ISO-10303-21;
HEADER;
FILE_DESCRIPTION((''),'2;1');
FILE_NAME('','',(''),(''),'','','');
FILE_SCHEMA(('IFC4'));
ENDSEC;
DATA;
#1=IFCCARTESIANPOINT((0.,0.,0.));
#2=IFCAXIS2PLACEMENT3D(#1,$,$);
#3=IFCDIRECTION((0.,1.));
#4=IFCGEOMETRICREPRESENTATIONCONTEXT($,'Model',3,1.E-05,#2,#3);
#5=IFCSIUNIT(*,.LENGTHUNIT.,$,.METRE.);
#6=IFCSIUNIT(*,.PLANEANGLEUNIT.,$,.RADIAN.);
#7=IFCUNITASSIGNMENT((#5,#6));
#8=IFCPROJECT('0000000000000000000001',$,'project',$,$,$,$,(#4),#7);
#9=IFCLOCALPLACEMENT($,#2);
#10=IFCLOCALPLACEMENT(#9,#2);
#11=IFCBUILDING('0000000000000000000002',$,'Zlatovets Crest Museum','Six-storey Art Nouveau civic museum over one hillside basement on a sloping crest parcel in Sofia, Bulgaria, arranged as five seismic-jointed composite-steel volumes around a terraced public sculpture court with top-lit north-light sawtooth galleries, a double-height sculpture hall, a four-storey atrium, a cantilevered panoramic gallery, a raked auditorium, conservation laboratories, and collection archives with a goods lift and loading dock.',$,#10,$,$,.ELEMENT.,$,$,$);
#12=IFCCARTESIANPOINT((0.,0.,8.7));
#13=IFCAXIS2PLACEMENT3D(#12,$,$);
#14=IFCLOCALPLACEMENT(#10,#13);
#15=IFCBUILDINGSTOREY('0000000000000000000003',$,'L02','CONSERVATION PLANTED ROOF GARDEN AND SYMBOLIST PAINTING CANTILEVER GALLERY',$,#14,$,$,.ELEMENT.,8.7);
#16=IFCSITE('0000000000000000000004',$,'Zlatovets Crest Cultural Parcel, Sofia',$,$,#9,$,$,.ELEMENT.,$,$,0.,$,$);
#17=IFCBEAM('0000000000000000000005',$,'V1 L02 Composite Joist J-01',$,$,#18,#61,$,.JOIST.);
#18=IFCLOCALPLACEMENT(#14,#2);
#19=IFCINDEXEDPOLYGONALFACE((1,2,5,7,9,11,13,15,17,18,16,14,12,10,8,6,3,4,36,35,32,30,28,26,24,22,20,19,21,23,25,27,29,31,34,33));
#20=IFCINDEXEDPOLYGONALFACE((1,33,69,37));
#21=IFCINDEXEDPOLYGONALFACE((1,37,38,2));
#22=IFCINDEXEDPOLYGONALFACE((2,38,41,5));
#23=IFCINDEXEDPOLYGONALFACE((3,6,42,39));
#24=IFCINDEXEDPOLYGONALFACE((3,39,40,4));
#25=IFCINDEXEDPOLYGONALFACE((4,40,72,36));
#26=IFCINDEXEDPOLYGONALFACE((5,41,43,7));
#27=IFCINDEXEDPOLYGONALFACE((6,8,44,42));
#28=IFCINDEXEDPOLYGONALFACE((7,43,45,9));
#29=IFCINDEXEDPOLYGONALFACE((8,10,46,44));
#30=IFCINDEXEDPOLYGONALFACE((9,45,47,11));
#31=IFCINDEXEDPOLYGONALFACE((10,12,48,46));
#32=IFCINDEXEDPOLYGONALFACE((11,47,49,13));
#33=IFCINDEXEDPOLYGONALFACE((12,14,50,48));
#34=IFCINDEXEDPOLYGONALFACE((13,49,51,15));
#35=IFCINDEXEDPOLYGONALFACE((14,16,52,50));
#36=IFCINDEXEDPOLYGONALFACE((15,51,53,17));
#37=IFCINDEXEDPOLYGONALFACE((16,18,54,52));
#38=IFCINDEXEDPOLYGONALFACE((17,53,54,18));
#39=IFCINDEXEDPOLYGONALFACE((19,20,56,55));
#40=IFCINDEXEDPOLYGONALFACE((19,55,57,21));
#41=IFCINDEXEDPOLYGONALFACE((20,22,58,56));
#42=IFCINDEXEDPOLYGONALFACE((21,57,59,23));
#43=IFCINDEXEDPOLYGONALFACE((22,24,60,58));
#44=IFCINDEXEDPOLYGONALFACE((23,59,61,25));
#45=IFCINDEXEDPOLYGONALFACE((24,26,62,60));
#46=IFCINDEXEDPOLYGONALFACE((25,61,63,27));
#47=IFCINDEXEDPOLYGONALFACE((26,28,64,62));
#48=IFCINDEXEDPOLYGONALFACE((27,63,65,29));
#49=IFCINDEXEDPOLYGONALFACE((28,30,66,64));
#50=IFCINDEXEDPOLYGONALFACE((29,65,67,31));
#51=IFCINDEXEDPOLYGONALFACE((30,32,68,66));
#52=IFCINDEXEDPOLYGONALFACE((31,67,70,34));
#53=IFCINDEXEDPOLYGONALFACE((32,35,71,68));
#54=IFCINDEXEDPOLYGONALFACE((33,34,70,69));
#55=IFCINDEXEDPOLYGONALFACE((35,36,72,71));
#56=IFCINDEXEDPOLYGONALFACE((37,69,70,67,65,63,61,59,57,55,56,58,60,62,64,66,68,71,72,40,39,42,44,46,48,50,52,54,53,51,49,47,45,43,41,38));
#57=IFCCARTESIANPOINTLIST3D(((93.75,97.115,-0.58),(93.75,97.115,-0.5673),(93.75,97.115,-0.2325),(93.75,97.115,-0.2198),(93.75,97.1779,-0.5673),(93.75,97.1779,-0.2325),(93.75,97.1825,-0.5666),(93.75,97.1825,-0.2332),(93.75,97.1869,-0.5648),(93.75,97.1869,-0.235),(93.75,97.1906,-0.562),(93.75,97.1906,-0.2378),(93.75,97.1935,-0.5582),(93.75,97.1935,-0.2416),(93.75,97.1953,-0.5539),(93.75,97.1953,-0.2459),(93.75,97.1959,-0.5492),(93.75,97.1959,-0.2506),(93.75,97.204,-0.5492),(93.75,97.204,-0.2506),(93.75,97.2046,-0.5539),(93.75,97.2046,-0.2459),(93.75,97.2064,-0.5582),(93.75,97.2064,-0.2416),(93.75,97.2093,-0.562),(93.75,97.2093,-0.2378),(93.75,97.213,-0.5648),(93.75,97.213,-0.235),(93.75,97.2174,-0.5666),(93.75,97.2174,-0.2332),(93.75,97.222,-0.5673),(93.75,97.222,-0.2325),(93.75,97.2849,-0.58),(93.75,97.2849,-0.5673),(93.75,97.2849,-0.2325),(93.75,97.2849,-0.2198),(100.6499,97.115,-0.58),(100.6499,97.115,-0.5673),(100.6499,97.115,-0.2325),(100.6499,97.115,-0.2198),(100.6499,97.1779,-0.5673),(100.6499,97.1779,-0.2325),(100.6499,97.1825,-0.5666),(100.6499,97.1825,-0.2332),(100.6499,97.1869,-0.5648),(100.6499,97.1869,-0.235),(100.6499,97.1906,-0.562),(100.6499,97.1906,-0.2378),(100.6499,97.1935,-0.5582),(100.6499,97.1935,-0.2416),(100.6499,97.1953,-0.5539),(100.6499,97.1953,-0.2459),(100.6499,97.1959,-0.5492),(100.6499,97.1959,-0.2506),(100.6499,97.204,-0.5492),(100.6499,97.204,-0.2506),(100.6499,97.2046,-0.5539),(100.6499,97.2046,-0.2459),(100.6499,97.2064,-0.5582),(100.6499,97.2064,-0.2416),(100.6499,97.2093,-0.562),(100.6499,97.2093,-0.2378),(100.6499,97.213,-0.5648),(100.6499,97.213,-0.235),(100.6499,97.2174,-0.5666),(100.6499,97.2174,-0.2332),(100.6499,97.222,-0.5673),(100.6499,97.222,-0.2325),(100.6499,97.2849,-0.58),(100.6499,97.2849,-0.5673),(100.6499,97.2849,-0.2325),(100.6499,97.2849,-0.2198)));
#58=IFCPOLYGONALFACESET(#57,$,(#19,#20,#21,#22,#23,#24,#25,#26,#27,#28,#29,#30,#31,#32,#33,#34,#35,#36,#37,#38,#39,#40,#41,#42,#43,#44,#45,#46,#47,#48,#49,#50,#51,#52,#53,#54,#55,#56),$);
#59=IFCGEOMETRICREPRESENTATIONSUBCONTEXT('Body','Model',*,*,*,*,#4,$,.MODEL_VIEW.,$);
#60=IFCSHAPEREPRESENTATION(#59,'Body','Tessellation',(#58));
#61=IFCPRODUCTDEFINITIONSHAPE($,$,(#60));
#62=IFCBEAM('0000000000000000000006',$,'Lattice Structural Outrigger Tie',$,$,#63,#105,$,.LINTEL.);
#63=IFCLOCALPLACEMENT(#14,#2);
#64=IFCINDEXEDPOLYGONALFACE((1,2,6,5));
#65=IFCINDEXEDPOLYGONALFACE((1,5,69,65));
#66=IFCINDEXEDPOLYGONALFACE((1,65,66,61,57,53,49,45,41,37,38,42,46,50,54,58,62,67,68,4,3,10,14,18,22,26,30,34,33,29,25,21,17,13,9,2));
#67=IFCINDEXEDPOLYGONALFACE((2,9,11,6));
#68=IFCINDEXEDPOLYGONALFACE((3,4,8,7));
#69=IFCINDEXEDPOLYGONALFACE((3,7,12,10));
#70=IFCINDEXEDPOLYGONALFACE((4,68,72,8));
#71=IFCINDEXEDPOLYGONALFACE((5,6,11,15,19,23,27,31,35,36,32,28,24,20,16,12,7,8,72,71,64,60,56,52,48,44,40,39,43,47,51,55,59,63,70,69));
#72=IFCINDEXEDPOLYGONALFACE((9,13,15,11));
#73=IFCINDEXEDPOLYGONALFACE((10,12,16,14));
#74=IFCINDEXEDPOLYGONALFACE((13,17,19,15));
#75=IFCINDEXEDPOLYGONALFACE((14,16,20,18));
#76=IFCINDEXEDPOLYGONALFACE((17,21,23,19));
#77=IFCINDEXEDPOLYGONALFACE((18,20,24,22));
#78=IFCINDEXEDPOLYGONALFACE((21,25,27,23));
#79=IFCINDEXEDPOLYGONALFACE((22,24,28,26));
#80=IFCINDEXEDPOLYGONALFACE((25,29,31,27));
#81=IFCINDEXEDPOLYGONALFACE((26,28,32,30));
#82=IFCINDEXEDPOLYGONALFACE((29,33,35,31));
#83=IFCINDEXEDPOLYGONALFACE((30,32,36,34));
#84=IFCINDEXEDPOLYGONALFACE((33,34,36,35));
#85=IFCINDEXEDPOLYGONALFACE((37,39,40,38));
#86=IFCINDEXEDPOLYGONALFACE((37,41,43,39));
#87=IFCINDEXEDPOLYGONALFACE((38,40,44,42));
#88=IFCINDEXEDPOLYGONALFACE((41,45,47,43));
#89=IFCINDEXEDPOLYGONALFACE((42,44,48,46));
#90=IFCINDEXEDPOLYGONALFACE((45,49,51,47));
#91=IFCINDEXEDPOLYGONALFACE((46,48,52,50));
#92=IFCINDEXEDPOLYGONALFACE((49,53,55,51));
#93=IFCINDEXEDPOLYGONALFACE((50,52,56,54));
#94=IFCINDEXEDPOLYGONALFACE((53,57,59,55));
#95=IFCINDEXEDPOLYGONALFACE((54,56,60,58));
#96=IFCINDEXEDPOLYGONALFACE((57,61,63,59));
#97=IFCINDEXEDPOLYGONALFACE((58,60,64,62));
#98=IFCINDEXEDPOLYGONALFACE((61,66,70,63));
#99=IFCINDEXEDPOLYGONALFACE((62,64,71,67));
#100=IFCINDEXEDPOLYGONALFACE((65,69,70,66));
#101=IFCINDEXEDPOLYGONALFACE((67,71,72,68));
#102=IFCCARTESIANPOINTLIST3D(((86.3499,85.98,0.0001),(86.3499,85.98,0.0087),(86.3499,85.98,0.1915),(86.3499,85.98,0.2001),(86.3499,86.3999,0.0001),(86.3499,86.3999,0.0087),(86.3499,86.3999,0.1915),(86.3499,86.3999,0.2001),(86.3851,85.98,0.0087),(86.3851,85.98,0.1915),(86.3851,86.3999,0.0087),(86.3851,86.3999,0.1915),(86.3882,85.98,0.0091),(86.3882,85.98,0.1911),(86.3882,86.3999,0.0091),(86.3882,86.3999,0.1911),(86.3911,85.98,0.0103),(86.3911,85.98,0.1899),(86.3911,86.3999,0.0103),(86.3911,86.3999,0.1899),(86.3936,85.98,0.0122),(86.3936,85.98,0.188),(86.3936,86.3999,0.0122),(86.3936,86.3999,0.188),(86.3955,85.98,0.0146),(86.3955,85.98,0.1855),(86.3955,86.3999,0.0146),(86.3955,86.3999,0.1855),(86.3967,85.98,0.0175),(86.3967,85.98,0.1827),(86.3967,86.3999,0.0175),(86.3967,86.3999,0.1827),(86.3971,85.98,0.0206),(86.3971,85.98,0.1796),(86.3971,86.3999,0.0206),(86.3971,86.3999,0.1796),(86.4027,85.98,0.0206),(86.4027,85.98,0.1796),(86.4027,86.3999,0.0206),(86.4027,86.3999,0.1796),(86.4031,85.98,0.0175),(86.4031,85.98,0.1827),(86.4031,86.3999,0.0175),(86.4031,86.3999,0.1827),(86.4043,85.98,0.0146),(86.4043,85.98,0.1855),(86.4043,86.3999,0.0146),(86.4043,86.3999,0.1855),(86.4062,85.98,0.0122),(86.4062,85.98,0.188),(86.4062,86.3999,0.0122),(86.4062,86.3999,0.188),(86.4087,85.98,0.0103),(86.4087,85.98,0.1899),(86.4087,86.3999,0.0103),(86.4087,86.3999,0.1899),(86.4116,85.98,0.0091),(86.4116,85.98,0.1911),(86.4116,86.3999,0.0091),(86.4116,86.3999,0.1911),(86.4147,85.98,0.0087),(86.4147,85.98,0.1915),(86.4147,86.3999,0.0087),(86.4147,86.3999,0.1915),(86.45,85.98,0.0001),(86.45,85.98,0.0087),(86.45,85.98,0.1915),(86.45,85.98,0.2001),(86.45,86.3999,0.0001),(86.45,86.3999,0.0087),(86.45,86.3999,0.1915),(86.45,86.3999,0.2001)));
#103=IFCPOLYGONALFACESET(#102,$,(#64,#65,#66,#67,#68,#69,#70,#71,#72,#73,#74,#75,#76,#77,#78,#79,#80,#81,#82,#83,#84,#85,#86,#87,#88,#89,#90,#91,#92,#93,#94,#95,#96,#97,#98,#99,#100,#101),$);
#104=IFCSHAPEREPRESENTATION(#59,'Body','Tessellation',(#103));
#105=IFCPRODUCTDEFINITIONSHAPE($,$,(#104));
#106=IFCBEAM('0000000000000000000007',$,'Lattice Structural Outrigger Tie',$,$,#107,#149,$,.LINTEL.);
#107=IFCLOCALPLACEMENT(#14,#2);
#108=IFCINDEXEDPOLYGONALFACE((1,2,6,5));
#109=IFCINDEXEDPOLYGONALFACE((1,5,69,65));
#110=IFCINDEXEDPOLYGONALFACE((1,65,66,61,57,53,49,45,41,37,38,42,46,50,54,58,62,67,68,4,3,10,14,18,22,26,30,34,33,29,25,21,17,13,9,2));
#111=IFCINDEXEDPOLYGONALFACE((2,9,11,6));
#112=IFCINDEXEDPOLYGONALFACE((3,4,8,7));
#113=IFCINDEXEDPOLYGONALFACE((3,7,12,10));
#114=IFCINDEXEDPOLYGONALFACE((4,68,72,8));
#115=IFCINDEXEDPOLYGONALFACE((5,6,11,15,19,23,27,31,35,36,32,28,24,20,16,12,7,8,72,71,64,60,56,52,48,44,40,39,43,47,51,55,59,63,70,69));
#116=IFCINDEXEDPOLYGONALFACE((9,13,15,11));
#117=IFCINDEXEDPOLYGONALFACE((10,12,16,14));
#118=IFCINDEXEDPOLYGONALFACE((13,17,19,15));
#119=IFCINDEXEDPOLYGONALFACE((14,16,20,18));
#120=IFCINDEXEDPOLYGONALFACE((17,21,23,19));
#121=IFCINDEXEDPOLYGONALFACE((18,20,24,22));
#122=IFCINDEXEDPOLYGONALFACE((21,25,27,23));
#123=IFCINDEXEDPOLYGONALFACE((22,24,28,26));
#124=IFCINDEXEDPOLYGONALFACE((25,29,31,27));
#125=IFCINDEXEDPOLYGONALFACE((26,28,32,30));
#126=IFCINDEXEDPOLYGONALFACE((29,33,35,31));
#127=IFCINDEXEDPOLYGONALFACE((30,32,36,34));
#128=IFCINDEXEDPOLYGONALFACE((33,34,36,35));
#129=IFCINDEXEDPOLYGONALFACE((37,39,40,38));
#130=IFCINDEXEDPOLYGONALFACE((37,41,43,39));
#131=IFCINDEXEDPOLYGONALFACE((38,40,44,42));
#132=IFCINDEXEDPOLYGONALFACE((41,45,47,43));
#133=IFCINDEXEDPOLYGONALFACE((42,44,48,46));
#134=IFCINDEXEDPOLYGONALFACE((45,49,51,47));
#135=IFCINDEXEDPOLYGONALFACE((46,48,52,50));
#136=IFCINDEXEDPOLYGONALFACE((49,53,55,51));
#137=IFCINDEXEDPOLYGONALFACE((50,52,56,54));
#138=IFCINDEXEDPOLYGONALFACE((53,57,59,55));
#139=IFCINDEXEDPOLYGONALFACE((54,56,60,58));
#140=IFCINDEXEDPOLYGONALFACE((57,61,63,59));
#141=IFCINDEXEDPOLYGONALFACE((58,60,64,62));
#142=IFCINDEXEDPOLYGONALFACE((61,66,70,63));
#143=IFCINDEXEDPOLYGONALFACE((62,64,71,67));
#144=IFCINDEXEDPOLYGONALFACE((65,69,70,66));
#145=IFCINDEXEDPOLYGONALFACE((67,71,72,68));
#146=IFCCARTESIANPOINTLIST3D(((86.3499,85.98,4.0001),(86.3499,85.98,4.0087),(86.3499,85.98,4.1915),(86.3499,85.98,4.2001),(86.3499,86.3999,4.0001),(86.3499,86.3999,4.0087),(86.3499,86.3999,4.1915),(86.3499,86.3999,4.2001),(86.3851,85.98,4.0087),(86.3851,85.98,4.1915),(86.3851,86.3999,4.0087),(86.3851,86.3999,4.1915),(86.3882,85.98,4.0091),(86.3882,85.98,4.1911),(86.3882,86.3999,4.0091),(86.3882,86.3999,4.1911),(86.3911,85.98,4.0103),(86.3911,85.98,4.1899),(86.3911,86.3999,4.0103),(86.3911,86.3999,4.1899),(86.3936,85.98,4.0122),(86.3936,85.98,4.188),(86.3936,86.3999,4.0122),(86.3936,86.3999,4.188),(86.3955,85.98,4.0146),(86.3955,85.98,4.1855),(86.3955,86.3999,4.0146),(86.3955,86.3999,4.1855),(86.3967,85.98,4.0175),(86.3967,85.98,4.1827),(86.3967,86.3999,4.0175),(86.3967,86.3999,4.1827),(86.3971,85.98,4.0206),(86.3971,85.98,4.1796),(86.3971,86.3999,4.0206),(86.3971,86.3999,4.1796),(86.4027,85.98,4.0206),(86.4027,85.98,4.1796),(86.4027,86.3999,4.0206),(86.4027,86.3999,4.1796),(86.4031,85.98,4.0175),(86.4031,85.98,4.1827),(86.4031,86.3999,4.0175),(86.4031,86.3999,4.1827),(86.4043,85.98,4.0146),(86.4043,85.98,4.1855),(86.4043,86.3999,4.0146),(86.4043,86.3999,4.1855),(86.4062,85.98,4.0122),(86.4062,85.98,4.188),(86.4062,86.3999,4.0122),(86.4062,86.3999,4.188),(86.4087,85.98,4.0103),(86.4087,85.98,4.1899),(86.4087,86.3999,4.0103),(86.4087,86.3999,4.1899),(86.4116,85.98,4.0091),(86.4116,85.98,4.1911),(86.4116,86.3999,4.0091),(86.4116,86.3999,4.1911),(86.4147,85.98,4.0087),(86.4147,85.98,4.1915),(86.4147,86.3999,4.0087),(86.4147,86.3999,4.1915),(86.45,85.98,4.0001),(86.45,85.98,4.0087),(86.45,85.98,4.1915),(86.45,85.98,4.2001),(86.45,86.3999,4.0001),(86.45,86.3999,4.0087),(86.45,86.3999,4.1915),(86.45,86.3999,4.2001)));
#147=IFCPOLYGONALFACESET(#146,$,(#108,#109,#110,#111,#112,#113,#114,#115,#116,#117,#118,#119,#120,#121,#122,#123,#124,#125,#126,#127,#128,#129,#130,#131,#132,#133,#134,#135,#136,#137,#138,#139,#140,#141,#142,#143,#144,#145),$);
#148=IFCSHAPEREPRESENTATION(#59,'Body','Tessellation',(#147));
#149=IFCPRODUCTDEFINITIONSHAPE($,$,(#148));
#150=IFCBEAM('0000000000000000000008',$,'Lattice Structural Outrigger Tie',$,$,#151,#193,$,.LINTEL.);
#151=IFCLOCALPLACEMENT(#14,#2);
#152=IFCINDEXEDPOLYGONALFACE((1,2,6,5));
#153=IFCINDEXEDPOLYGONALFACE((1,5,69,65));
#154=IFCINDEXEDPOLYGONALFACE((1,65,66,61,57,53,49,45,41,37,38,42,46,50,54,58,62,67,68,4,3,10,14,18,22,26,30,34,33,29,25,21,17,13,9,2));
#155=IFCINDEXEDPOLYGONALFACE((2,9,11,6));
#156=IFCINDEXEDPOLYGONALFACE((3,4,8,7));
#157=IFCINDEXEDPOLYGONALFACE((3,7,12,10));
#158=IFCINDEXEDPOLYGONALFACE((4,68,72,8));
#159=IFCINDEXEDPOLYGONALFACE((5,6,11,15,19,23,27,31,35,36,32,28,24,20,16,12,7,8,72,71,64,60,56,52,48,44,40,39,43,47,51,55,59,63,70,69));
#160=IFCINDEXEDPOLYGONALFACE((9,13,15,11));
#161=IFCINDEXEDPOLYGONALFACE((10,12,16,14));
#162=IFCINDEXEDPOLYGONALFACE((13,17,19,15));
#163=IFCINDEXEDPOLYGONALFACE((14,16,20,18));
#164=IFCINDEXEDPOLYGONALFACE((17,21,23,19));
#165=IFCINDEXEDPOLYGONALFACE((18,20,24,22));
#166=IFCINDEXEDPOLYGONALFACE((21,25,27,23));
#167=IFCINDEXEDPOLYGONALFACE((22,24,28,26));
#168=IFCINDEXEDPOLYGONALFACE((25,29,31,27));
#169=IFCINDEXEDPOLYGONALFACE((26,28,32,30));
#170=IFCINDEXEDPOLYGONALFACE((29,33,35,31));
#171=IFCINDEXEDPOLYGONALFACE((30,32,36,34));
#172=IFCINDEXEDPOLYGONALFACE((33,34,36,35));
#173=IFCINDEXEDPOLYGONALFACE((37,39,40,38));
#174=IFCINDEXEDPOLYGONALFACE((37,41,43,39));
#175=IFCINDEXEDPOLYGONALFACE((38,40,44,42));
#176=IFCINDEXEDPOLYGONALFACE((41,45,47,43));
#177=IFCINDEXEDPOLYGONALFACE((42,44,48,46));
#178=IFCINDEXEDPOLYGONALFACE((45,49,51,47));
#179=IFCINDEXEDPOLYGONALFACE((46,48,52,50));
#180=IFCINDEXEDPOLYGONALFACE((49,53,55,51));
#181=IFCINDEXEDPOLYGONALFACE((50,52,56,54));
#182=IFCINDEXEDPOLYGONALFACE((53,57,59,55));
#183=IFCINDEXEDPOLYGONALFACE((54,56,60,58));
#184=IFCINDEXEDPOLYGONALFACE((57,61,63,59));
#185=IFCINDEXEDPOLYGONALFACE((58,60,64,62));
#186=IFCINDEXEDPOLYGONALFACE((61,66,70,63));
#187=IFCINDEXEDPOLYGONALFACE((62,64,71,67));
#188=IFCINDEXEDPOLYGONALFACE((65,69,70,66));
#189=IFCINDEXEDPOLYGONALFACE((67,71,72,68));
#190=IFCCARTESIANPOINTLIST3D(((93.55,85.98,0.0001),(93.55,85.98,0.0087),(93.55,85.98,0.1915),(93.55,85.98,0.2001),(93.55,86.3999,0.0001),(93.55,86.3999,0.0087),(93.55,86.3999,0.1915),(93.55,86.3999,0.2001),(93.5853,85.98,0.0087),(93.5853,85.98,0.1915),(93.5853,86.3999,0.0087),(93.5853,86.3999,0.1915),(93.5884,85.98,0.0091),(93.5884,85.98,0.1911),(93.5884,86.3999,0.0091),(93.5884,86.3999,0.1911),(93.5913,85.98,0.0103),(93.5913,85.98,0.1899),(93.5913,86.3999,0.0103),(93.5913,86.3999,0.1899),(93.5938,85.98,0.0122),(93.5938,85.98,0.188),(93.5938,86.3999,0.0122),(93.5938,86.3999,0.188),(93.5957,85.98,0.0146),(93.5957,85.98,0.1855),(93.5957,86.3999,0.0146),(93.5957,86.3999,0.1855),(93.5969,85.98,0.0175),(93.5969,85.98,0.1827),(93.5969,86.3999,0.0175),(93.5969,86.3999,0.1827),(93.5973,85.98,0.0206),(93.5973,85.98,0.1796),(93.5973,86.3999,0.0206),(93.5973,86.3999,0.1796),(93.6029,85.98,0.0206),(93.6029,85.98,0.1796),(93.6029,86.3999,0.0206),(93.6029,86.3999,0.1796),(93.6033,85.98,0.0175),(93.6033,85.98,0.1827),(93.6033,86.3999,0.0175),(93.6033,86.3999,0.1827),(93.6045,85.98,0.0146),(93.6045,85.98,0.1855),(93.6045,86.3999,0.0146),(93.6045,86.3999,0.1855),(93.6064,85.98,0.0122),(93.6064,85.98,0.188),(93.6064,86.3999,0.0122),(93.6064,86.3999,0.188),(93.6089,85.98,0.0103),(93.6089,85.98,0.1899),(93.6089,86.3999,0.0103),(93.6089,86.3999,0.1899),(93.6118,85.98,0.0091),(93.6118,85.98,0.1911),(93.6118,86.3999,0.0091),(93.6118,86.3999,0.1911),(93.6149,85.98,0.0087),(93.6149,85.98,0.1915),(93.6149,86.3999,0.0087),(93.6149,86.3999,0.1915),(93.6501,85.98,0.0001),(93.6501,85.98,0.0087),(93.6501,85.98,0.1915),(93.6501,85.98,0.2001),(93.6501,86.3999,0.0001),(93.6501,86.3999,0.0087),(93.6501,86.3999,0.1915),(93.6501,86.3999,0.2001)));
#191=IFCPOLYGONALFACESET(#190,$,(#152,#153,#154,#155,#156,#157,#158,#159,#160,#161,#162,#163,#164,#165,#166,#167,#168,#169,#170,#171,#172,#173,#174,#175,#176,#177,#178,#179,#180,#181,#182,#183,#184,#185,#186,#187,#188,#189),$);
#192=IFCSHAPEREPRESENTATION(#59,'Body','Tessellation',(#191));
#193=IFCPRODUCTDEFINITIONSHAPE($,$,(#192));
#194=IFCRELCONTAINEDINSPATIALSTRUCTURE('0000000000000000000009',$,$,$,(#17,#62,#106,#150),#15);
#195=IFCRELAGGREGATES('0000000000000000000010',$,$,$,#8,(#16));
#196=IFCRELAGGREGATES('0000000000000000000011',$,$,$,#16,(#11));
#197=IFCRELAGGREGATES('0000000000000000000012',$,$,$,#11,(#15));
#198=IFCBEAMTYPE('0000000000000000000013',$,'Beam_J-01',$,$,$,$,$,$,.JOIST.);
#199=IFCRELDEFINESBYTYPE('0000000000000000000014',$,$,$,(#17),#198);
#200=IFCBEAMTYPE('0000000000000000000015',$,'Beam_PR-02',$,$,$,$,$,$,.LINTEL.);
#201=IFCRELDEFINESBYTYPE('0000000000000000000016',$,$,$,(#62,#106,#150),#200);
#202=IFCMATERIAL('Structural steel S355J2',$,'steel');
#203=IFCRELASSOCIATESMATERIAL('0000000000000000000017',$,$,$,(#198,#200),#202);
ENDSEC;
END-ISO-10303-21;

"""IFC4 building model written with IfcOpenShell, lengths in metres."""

from ifc_helpers import new_model, si_unit, direction, frame, origin, origin_2d, place, context, subcontext, project, spatial, i_section, extrude, material, material_profile, profile_set, type_object, element, save


model = new_model("IFC4")

# Units and contexts
model_context = context("Model", 3, precision=1e-05, world=origin(), true_north=direction((0.0, 1.0)))
body_context = subcontext(model_context, "Body", "Model", "MODEL_VIEW")
ifc_project = project(units=[si_unit("LENGTHUNIT", "METRE"), si_unit("PLANEANGLEUNIT", "RADIAN")], contexts=[model_context])

# Site, building, storey
site_placement = place(None, origin())
site = spatial("IfcSite", under=ifc_project, at=site_placement, Name="Zlatovets Crest Cultural Parcel, Sofia", CompositionType="ELEMENT", RefElevation=0.0)
building_placement = place(site_placement, origin())
building = spatial("IfcBuilding", under=site, at=building_placement, Name="Zlatovets Crest Museum", Description="Six-storey Art Nouveau civic museum over one hillside basement on a sloping crest parcel in Sofia, Bulgaria, arranged as five seismic-jointed composite-steel volumes around a terraced public sculpture court with top-lit north-light sawtooth galleries, a double-height sculpture hall, a four-storey atrium, a cantilevered panoramic gallery, a raked auditorium, conservation laboratories, and collection archives with a goods lift and loading dock.", CompositionType="ELEMENT")
storey_placement = place(building_placement, frame((0.0, 0.0, 8.7)))
storey = spatial("IfcBuildingStorey", under=building, at=storey_placement, Name="L02", Description="CONSERVATION PLANTED ROOF GARDEN AND SYMBOLIST PAINTING CANTILEVER GALLERY", CompositionType="ELEMENT", Elevation=8.7)

# Shared definitions
ifc_material_1 = material(Name="Structural steel S355J2", Category="steel")

# Beams
ifc_material_profile_1 = material_profile(ifc_material_1, i_section(OverallWidth=0.1699, OverallDepth=0.3601, WebThickness=0.0081, FlangeThickness=0.0127, FilletRadius=0.0181, at=origin_2d()), Name="IPE 360")
ifc_profile_set_1 = profile_set([ifc_material_profile_1], Name="Structural steel S355J2")
beam_type_1 = type_object("IfcBeamType", Name="Beam_J-01", PredefinedType="JOIST", material=ifc_profile_set_1)
for number, where, z_axis, x_axis, name in (
    (1, (93.75, 97.2, -0.3999), (1.0, 0.0, 0.0), (0.0, 1.0, 0.0), "V1 L02 Composite Joist J-01"),
):
    element("IfcBeam", number, at=place(storey_placement, frame(where, z_axis=z_axis, x_axis=x_axis)), inside=storey, type_object=beam_type_1, Name=name, PredefinedType="JOIST", context=body_context, shape_type="SweptSolid", body=[
        extrude(i_section(OverallWidth=0.1699, OverallDepth=0.3601, WebThickness=0.0081, FlangeThickness=0.0127, FilletRadius=0.0181, at=origin_2d()), origin(), (0.0, 0.0, 1.0), 6.8999),
    ])
ifc_material_profile_2 = material_profile(ifc_material_1, i_section(OverallWidth=0.1001, OverallDepth=0.2, WebThickness=0.0056, FlangeThickness=0.0085, FilletRadius=0.012, at=origin_2d()), Name="IPE 200")
ifc_profile_set_2 = profile_set([ifc_material_profile_2], Name="Structural steel S355J2")
beam_type_2 = type_object("IfcBeamType", Name="Beam_PR-02", PredefinedType="LINTEL", material=ifc_profile_set_2)
for number, where, z_axis, x_axis, name in (
    (2, (86.3999, 86.3999, 0.1001), (0.0, -1.0, 0.0), (1.0, 0.0, 0.0), "Lattice Structural Outrigger Tie"),
    (3, (86.3999, 86.3999, 4.1001), (0.0, -1.0, 0.0), (1.0, 0.0, 0.0), "Lattice Structural Outrigger Tie"),
    (4, (93.6001, 86.3999, 0.1001), (0.0, -1.0, 0.0), (1.0, 0.0, 0.0), "Lattice Structural Outrigger Tie"),
):
    element("IfcBeam", number, at=place(storey_placement, frame(where, z_axis=z_axis, x_axis=x_axis)), inside=storey, type_object=beam_type_2, Name=name, PredefinedType="LINTEL", context=body_context, shape_type="SweptSolid", body=[
        extrude(i_section(OverallWidth=0.1001, OverallDepth=0.2, WebThickness=0.0056, FlangeThickness=0.0085, FilletRadius=0.012, at=origin_2d()), origin(), (0.0, 0.0, 1.0), 0.4199),
    ])

save(model, "model.ifc")
